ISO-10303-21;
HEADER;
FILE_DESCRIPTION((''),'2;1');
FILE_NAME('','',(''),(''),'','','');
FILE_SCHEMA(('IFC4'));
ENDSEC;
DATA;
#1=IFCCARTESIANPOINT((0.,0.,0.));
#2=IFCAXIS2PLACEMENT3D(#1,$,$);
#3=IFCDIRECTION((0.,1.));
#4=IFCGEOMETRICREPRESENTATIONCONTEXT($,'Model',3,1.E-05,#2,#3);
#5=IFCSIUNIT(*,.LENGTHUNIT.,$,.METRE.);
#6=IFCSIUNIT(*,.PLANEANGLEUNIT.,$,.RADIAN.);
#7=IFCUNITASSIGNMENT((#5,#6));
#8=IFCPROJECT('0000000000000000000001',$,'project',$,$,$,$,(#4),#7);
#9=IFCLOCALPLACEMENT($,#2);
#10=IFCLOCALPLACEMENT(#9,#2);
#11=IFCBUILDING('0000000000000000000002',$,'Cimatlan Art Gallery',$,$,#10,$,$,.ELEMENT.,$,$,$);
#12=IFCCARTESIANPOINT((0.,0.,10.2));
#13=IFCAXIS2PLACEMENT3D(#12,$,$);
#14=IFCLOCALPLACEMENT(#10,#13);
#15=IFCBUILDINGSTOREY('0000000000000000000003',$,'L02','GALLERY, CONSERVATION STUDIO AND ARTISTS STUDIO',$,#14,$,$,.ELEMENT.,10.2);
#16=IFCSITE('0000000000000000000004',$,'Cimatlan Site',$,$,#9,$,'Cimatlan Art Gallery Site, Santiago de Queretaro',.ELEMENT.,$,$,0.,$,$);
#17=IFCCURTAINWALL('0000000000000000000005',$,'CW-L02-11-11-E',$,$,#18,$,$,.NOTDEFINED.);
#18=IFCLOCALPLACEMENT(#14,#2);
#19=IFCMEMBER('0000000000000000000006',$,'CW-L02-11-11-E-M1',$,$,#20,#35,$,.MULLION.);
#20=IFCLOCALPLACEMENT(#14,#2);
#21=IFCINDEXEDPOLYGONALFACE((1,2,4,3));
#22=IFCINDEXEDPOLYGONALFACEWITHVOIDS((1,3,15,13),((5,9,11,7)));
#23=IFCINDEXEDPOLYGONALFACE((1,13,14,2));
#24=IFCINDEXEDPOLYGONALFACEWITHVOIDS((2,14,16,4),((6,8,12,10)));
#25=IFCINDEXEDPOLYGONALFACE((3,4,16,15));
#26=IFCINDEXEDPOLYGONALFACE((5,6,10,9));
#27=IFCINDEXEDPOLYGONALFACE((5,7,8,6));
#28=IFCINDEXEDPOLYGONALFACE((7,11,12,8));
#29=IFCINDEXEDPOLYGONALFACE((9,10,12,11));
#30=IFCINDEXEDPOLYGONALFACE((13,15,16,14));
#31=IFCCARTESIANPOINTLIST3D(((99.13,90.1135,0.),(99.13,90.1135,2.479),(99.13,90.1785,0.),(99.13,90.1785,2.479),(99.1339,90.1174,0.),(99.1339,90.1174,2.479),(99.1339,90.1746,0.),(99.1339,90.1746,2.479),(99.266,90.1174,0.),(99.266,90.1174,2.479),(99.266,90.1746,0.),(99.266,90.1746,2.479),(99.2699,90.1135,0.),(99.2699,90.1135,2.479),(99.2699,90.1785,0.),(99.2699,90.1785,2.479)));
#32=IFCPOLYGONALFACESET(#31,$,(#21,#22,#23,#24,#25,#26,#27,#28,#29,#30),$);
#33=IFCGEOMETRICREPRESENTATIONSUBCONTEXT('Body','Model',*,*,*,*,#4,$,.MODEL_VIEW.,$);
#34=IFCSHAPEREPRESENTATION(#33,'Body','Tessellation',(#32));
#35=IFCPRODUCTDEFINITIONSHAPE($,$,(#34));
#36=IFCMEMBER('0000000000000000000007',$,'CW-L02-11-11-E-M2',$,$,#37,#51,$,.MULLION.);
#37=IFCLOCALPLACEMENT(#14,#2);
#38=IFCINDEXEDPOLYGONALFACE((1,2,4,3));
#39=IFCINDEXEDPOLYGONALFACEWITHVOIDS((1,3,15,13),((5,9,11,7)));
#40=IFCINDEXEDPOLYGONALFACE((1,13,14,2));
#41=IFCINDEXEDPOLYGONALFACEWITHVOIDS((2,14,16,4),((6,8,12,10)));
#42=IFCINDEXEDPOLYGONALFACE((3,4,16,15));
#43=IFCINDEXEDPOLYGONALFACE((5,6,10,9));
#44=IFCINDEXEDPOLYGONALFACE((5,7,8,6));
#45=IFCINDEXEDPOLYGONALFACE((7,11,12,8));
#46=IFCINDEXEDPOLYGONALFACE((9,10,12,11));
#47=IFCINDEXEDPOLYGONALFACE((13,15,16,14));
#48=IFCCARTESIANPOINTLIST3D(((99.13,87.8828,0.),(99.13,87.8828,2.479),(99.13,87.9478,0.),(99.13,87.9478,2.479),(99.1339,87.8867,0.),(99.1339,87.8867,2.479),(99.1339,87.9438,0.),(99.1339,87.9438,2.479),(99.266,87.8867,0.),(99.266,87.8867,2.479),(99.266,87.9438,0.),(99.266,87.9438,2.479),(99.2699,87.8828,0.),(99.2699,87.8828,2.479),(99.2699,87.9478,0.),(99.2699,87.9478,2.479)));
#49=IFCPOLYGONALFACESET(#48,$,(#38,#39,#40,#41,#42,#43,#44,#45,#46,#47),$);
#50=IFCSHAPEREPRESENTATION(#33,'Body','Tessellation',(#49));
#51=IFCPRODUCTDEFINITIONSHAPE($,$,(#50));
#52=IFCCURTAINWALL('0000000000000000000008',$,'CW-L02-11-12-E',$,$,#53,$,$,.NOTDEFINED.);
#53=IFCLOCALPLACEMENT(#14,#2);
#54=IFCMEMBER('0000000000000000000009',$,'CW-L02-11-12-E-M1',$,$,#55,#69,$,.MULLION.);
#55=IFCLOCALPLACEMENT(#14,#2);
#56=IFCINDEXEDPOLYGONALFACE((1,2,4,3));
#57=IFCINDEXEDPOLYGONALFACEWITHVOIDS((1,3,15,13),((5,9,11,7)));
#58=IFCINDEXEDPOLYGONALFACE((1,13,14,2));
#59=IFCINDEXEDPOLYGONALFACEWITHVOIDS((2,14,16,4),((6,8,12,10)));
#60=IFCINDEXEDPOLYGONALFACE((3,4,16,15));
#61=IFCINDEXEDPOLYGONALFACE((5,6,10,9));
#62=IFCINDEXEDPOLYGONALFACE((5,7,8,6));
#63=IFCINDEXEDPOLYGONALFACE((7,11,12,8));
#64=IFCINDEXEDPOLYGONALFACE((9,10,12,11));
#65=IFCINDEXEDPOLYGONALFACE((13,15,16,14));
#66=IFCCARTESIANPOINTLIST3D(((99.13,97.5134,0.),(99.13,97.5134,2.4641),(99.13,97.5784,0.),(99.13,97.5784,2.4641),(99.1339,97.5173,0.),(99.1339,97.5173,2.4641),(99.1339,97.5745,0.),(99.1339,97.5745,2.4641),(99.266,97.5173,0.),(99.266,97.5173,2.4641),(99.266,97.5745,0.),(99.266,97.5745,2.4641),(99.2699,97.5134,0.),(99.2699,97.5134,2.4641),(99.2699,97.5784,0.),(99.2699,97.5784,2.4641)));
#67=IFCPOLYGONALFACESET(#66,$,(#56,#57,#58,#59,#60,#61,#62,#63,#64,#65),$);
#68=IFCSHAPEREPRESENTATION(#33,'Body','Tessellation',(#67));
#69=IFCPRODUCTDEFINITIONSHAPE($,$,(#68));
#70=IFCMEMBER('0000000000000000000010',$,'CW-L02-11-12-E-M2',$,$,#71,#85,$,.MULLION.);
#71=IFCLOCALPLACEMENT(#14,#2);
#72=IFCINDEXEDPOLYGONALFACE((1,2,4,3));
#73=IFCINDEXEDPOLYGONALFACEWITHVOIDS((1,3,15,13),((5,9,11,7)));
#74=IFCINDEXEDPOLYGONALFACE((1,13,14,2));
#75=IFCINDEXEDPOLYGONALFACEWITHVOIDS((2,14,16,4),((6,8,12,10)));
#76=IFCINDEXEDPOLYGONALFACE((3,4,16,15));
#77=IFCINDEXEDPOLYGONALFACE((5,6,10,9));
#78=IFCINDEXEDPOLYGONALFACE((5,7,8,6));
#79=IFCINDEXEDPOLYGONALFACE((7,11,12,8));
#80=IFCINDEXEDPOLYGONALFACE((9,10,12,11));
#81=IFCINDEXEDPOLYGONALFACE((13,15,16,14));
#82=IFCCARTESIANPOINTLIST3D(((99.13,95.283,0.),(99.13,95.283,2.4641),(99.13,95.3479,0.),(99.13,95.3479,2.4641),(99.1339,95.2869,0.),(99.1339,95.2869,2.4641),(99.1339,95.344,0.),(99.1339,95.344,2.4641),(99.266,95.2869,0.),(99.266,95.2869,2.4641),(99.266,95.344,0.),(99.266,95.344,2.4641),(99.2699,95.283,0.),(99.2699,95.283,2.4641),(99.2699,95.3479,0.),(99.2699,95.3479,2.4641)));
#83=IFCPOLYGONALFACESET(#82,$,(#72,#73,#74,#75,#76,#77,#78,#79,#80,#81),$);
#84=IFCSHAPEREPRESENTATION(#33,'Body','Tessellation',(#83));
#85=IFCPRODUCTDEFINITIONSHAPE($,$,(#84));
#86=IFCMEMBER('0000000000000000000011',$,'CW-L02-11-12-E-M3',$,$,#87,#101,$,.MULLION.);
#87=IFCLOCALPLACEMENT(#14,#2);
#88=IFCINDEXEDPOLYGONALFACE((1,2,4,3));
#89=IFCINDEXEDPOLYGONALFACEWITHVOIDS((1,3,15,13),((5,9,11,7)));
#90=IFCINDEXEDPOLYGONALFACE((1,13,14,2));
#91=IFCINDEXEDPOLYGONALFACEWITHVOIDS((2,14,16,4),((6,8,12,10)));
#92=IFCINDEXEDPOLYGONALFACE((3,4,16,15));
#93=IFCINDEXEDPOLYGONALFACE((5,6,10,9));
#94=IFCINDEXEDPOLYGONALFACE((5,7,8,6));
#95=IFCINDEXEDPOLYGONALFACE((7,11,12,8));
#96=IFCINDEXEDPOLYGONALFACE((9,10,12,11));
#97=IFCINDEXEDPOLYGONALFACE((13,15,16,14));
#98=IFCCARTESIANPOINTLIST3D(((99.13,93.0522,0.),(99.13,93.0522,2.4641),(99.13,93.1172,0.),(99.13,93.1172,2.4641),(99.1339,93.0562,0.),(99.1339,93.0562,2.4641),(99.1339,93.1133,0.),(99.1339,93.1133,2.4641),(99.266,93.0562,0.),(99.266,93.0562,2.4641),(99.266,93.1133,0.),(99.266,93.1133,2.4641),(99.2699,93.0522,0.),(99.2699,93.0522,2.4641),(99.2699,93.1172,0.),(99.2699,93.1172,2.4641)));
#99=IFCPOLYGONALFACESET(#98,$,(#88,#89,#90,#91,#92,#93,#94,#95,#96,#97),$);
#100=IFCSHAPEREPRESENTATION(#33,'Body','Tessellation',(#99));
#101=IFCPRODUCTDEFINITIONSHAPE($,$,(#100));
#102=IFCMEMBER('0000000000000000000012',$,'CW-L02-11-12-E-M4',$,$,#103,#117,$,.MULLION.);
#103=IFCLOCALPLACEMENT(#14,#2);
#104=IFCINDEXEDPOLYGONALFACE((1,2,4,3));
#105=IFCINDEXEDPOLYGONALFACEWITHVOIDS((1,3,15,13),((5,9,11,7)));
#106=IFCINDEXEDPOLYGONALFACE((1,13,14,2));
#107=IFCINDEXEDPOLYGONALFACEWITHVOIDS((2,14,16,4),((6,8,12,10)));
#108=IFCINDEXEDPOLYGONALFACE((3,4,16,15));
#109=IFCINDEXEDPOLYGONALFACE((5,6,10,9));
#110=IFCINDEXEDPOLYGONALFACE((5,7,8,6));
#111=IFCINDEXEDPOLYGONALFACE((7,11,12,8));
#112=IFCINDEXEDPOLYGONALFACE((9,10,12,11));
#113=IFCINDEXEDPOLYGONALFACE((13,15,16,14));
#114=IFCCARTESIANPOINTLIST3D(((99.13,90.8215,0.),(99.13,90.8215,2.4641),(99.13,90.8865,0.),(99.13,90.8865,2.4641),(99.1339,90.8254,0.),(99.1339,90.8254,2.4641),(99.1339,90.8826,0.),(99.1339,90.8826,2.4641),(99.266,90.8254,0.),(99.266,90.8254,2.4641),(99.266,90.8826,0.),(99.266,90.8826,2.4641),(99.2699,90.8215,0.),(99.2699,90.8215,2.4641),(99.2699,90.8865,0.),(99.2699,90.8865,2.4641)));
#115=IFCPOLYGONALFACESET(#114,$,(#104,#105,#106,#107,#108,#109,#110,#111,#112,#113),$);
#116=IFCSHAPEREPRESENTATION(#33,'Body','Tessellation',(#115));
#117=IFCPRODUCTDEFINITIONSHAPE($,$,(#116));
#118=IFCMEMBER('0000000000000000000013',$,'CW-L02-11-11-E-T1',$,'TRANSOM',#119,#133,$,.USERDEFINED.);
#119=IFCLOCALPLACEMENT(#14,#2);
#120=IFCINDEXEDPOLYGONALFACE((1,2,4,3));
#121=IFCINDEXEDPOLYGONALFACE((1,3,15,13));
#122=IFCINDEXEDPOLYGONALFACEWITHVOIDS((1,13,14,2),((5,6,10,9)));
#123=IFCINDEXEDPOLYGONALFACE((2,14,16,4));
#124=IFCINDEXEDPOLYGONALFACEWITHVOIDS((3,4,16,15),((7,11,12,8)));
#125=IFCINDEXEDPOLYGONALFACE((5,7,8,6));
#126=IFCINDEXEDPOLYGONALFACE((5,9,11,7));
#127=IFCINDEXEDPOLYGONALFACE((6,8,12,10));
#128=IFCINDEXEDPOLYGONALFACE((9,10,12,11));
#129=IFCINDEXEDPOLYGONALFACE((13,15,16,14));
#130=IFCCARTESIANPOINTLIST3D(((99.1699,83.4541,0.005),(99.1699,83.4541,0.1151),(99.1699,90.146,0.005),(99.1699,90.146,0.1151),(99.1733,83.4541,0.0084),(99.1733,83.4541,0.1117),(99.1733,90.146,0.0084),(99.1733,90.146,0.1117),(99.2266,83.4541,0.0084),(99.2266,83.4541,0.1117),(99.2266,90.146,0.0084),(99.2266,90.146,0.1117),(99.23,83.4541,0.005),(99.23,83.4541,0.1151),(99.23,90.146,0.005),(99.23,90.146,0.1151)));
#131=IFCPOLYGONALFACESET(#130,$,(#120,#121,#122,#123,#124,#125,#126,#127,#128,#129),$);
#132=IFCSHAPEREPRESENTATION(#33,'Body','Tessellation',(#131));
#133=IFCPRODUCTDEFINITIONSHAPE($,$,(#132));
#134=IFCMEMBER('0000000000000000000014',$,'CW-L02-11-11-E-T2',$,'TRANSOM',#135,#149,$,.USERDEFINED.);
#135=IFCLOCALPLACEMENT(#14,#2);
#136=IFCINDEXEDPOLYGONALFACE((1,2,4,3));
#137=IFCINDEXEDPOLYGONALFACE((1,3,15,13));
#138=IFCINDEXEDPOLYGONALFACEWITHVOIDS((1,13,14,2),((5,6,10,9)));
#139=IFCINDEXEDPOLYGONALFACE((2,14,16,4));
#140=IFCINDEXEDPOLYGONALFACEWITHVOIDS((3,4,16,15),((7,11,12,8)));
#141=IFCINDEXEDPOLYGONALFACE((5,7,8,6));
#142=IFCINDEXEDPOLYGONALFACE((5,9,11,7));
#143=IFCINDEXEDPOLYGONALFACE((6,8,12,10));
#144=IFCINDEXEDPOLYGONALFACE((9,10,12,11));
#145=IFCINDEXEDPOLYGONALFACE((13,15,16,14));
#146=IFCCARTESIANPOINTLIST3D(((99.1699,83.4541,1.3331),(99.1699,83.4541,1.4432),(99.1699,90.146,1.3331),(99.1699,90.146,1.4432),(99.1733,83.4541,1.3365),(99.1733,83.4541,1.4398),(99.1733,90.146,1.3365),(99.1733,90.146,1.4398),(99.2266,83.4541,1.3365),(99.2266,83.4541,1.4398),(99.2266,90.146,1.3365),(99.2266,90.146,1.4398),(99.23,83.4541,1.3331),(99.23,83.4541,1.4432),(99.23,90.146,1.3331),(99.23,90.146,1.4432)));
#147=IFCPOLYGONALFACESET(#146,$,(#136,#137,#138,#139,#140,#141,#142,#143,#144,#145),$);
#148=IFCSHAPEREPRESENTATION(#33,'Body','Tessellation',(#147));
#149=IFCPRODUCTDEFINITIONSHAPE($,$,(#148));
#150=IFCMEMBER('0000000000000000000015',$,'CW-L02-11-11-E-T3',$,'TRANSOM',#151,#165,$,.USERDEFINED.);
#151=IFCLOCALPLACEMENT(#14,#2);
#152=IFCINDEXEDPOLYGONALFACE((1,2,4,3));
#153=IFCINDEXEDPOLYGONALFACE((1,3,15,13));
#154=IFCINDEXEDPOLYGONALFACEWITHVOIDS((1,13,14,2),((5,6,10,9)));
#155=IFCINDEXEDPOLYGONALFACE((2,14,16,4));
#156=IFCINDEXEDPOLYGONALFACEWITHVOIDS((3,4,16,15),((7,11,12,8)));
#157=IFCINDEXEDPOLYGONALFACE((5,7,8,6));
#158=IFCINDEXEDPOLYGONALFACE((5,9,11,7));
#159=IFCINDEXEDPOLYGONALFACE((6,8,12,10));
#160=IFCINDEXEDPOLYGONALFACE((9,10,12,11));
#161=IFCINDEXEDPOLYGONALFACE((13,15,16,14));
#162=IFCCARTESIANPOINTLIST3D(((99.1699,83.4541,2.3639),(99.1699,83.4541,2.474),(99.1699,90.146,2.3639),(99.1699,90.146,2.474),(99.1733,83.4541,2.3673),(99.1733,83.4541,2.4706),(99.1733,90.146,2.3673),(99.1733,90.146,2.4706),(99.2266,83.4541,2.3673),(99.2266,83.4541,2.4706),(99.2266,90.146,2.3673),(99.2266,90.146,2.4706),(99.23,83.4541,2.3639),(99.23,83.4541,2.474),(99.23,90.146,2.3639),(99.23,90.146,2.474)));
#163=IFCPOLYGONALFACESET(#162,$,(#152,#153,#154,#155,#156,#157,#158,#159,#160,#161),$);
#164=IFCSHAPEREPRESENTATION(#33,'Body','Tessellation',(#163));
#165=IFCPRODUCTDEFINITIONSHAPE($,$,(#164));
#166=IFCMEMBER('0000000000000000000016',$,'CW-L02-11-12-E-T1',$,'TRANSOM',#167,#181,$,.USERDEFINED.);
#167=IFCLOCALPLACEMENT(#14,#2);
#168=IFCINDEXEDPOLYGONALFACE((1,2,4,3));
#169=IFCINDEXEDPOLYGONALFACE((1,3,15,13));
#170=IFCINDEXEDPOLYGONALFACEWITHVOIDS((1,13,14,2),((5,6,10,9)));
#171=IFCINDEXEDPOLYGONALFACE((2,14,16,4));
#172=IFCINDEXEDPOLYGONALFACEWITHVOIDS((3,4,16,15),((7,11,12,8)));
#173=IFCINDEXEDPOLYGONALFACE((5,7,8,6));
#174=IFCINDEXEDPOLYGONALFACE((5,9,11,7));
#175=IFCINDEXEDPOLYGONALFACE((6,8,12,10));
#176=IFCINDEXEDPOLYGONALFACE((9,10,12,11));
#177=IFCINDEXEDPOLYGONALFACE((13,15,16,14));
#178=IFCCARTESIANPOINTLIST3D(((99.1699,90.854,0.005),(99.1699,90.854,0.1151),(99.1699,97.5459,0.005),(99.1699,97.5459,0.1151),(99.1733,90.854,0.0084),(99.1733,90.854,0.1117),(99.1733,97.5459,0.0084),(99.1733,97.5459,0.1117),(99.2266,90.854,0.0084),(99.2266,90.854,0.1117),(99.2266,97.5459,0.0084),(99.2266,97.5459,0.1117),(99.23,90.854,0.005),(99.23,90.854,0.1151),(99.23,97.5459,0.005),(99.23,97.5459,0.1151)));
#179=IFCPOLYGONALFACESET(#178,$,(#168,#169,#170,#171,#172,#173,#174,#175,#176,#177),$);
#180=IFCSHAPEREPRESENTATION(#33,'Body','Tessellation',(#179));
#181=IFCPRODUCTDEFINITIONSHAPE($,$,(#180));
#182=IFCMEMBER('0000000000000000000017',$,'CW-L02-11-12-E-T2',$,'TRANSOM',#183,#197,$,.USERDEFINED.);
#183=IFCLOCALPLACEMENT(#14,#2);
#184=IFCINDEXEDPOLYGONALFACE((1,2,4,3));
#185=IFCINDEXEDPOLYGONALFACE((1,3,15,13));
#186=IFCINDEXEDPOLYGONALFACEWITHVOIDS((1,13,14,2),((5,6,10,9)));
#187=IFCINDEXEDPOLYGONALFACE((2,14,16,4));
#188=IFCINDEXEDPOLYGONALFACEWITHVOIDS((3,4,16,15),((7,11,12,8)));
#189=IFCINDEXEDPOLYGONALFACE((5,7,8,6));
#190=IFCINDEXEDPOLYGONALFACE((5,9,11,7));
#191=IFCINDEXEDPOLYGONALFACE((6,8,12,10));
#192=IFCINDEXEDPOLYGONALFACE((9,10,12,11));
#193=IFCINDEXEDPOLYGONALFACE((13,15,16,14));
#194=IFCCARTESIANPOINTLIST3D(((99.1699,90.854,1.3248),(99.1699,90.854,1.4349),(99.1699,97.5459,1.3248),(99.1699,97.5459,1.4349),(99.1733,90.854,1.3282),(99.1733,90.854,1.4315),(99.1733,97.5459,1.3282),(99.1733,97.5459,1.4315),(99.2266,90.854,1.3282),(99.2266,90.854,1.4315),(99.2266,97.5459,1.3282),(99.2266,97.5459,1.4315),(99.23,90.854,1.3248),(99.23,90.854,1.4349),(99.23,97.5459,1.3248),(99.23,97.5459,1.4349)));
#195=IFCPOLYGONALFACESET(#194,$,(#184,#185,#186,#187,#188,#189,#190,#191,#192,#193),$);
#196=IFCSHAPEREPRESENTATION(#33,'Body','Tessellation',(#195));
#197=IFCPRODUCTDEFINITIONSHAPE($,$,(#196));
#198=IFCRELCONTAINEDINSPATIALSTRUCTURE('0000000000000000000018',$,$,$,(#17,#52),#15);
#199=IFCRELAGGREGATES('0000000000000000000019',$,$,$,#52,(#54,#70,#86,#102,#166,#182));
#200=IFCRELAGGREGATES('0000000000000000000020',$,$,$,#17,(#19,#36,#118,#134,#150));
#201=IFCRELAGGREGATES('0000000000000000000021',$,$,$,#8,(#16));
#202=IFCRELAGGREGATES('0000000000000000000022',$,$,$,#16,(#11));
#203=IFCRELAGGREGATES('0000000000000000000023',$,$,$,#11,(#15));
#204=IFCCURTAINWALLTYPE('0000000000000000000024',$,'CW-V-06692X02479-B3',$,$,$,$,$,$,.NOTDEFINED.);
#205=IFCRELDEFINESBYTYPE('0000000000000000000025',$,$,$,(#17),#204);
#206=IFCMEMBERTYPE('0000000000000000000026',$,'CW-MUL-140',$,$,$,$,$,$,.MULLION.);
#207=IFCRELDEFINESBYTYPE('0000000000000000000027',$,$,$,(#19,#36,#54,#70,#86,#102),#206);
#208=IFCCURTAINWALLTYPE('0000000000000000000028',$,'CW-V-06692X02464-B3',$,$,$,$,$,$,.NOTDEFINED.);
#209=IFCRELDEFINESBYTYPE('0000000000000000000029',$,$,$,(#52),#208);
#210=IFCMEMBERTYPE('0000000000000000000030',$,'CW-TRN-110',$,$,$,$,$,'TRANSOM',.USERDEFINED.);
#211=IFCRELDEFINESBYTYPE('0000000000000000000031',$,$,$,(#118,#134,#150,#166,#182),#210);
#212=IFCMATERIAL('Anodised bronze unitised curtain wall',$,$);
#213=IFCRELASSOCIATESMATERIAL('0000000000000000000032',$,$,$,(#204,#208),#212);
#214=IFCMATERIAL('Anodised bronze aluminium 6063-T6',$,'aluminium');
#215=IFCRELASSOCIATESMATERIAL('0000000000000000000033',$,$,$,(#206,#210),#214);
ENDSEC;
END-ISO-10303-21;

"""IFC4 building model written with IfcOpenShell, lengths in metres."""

from ifc_helpers import new_model, si_unit, direction, frame, origin, origin_2d, place, context, subcontext, project, spatial, hollow_rectangle, extrude, material, material_profile, profile_set, type_object, element, aggregate, save


model = new_model("IFC4")

# Units and contexts
model_context = context("Model", 3, precision=1e-05, world=origin(), true_north=direction((0.0, 1.0)))
body_context = subcontext(model_context, "Body", "Model", "MODEL_VIEW")
ifc_project = project(units=[si_unit("LENGTHUNIT", "METRE"), si_unit("PLANEANGLEUNIT", "RADIAN")], contexts=[model_context])

# Site, building, storey
site_placement = place(None, origin())
site = spatial("IfcSite", under=ifc_project, at=site_placement, Name="Cimatlan Site", LongName="Cimatlan Art Gallery Site, Santiago de Queretaro", CompositionType="ELEMENT", RefElevation=0.0)
building_placement = place(site_placement, origin())
building = spatial("IfcBuilding", under=site, at=building_placement, Name="Cimatlan Art Gallery", CompositionType="ELEMENT")
storey_placement = place(building_placement, frame((0.0, 0.0, 10.2)))
storey = spatial("IfcBuildingStorey", under=building, at=storey_placement, Name="L02", Description="GALLERY, CONSERVATION STUDIO AND ARTISTS STUDIO", CompositionType="ELEMENT", Elevation=10.2)

# Curtain walls, members
ifc_material_1 = material(Name="Anodised bronze unitised curtain wall")
curtain_wall_type_1 = type_object("IfcCurtainWallType", Name="CW-V-06692X02479-B3", PredefinedType="NOTDEFINED", material=ifc_material_1)
curtain_wall_1_placement = place(storey_placement, origin())
curtain_wall_1 = element("IfcCurtainWall", 1, at=curtain_wall_1_placement, inside=storey, type_object=curtain_wall_type_1, Name="CW-L02-11-11-E", PredefinedType="NOTDEFINED")
ifc_material_2 = material(Name="Anodised bronze aluminium 6063-T6", Category="aluminium")
ifc_material_profile_1 = material_profile(ifc_material_2, hollow_rectangle(XDim=0.0649, YDim=0.1399, WallThickness=0.0039, at=origin_2d()), Name="ALU65X140X4")
ifc_profile_set_1 = profile_set([ifc_material_profile_1], Name="Anodised bronze aluminium 6063-T6")
member_type_1 = type_object("IfcMemberType", Name="CW-MUL-140", PredefinedType="MULLION", material=ifc_profile_set_1)
member_1_placement = place(storey_placement, frame((99.2, 90.146, 0.0), z_axis=(0.0, 0.0, 1.0), x_axis=(0.0, 1.0, 0.0)))
member_1 = element("IfcMember", 2, at=member_1_placement, type_object=member_type_1, Name="CW-L02-11-11-E-M1", PredefinedType="MULLION", context=body_context, shape_type="SweptSolid", body=[
    extrude(hollow_rectangle(XDim=0.0649, YDim=0.1399, WallThickness=0.0039, at=origin_2d()), origin(), (0.0, 0.0, 1.0), 2.479),
])
member_2_placement = place(storey_placement, frame((99.2, 87.9153, 0.0), z_axis=(0.0, 0.0, 1.0), x_axis=(0.0, 1.0, 0.0)))
member_2 = element("IfcMember", 3, at=member_2_placement, type_object=member_type_1, Name="CW-L02-11-11-E-M2", PredefinedType="MULLION", context=body_context, shape_type="SweptSolid", body=[
    extrude(hollow_rectangle(XDim=0.0649, YDim=0.1399, WallThickness=0.0039, at=origin_2d()), origin(), (0.0, 0.0, 1.0), 2.479),
])
curtain_wall_type_2 = type_object("IfcCurtainWallType", Name="CW-V-06692X02464-B3", PredefinedType="NOTDEFINED", material=ifc_material_1)
curtain_wall_2_placement = place(storey_placement, origin())
curtain_wall_2 = element("IfcCurtainWall", 4, at=curtain_wall_2_placement, inside=storey, type_object=curtain_wall_type_2, Name="CW-L02-11-12-E", PredefinedType="NOTDEFINED")
member_3_placement = place(storey_placement, frame((99.2, 97.5459, 0.0), z_axis=(0.0, 0.0, 1.0), x_axis=(0.0, 1.0, 0.0)))
member_3 = element("IfcMember", 5, at=member_3_placement, type_object=member_type_1, Name="CW-L02-11-12-E-M1", PredefinedType="MULLION", context=body_context, shape_type="SweptSolid", body=[
    extrude(hollow_rectangle(XDim=0.0649, YDim=0.1399, WallThickness=0.0039, at=origin_2d()), origin(), (0.0, 0.0, 1.0), 2.4641),
])
member_4_placement = place(storey_placement, frame((99.2, 95.3154, 0.0), z_axis=(0.0, 0.0, 1.0), x_axis=(0.0, 1.0, 0.0)))
member_4 = element("IfcMember", 6, at=member_4_placement, type_object=member_type_1, Name="CW-L02-11-12-E-M2", PredefinedType="MULLION", context=body_context, shape_type="SweptSolid", body=[
    extrude(hollow_rectangle(XDim=0.0649, YDim=0.1399, WallThickness=0.0039, at=origin_2d()), origin(), (0.0, 0.0, 1.0), 2.4641),
])
member_5_placement = place(storey_placement, frame((99.2, 93.0847, 0.0), z_axis=(0.0, 0.0, 1.0), x_axis=(0.0, 1.0, 0.0)))
member_5 = element("IfcMember", 7, at=member_5_placement, type_object=member_type_1, Name="CW-L02-11-12-E-M3", PredefinedType="MULLION", context=body_context, shape_type="SweptSolid", body=[
    extrude(hollow_rectangle(XDim=0.0649, YDim=0.1399, WallThickness=0.0039, at=origin_2d()), origin(), (0.0, 0.0, 1.0), 2.4641),
])
member_6_placement = place(storey_placement, frame((99.2, 90.854, 0.0), z_axis=(0.0, 0.0, 1.0), x_axis=(0.0, 1.0, 0.0)))
member_6 = element("IfcMember", 8, at=member_6_placement, type_object=member_type_1, Name="CW-L02-11-12-E-M4", PredefinedType="MULLION", context=body_context, shape_type="SweptSolid", body=[
    extrude(hollow_rectangle(XDim=0.0649, YDim=0.1399, WallThickness=0.0039, at=origin_2d()), origin(), (0.0, 0.0, 1.0), 2.4641),
])

# Members
ifc_material_profile_2 = material_profile(ifc_material_2, hollow_rectangle(XDim=0.0601, YDim=0.1101, WallThickness=0.0034, at=origin_2d()), Name="ALU60X110X3")
ifc_profile_set_2 = profile_set([ifc_material_profile_2], Name="Anodised bronze aluminium 6063-T6")
member_type_2 = type_object("IfcMemberType", Name="CW-TRN-110", ElementType="TRANSOM", PredefinedType="USERDEFINED", material=ifc_profile_set_2)
member_7_placement = place(storey_placement, frame((99.2, 90.146, 0.0601), z_axis=(0.0, -1.0, 0.0), x_axis=(1.0, 0.0, 0.0)))
member_7 = element("IfcMember", 9, at=member_7_placement, type_object=member_type_2, Name="CW-L02-11-11-E-T1", ObjectType="TRANSOM", PredefinedType="USERDEFINED", context=body_context, shape_type="SweptSolid", body=[
    extrude(hollow_rectangle(XDim=0.0601, YDim=0.1101, WallThickness=0.0034, at=origin_2d()), origin(), (0.0, 0.0, 1.0), 6.6919),
])
member_8_placement = place(storey_placement, frame((99.2, 90.146, 1.3882), z_axis=(0.0, -1.0, 0.0), x_axis=(1.0, 0.0, 0.0)))
member_8 = element("IfcMember", 10, at=member_8_placement, type_object=member_type_2, Name="CW-L02-11-11-E-T2", ObjectType="TRANSOM", PredefinedType="USERDEFINED", context=body_context, shape_type="SweptSolid", body=[
    extrude(hollow_rectangle(XDim=0.0601, YDim=0.1101, WallThickness=0.0034, at=origin_2d()), origin(), (0.0, 0.0, 1.0), 6.6919),
])
member_9_placement = place(storey_placement, frame((99.2, 90.146, 2.4189), z_axis=(0.0, -1.0, 0.0), x_axis=(1.0, 0.0, 0.0)))
member_9 = element("IfcMember", 11, at=member_9_placement, type_object=member_type_2, Name="CW-L02-11-11-E-T3", ObjectType="TRANSOM", PredefinedType="USERDEFINED", context=body_context, shape_type="SweptSolid", body=[
    extrude(hollow_rectangle(XDim=0.0601, YDim=0.1101, WallThickness=0.0034, at=origin_2d()), origin(), (0.0, 0.0, 1.0), 6.6919),
])
member_10_placement = place(storey_placement, frame((99.2, 97.5459, 0.0601), z_axis=(0.0, -1.0, 0.0), x_axis=(1.0, 0.0, 0.0)))
member_10 = element("IfcMember", 12, at=member_10_placement, type_object=member_type_2, Name="CW-L02-11-12-E-T1", ObjectType="TRANSOM", PredefinedType="USERDEFINED", context=body_context, shape_type="SweptSolid", body=[
    extrude(hollow_rectangle(XDim=0.0601, YDim=0.1101, WallThickness=0.0034, at=origin_2d()), origin(), (0.0, 0.0, 1.0), 6.6919),
])
member_11_placement = place(storey_placement, frame((99.2, 97.5459, 1.3799), z_axis=(0.0, -1.0, 0.0), x_axis=(1.0, 0.0, 0.0)))
member_11 = element("IfcMember", 13, at=member_11_placement, type_object=member_type_2, Name="CW-L02-11-12-E-T2", ObjectType="TRANSOM", PredefinedType="USERDEFINED", context=body_context, shape_type="SweptSolid", body=[
    extrude(hollow_rectangle(XDim=0.0601, YDim=0.1101, WallThickness=0.0034, at=origin_2d()), origin(), (0.0, 0.0, 1.0), 6.6919),
])

aggregate(curtain_wall_2, [member_3, member_4, member_5, member_6, member_10, member_11])
aggregate(curtain_wall_1, [member_1, member_2, member_7, member_8, member_9])

save(model, "model.ifc")
